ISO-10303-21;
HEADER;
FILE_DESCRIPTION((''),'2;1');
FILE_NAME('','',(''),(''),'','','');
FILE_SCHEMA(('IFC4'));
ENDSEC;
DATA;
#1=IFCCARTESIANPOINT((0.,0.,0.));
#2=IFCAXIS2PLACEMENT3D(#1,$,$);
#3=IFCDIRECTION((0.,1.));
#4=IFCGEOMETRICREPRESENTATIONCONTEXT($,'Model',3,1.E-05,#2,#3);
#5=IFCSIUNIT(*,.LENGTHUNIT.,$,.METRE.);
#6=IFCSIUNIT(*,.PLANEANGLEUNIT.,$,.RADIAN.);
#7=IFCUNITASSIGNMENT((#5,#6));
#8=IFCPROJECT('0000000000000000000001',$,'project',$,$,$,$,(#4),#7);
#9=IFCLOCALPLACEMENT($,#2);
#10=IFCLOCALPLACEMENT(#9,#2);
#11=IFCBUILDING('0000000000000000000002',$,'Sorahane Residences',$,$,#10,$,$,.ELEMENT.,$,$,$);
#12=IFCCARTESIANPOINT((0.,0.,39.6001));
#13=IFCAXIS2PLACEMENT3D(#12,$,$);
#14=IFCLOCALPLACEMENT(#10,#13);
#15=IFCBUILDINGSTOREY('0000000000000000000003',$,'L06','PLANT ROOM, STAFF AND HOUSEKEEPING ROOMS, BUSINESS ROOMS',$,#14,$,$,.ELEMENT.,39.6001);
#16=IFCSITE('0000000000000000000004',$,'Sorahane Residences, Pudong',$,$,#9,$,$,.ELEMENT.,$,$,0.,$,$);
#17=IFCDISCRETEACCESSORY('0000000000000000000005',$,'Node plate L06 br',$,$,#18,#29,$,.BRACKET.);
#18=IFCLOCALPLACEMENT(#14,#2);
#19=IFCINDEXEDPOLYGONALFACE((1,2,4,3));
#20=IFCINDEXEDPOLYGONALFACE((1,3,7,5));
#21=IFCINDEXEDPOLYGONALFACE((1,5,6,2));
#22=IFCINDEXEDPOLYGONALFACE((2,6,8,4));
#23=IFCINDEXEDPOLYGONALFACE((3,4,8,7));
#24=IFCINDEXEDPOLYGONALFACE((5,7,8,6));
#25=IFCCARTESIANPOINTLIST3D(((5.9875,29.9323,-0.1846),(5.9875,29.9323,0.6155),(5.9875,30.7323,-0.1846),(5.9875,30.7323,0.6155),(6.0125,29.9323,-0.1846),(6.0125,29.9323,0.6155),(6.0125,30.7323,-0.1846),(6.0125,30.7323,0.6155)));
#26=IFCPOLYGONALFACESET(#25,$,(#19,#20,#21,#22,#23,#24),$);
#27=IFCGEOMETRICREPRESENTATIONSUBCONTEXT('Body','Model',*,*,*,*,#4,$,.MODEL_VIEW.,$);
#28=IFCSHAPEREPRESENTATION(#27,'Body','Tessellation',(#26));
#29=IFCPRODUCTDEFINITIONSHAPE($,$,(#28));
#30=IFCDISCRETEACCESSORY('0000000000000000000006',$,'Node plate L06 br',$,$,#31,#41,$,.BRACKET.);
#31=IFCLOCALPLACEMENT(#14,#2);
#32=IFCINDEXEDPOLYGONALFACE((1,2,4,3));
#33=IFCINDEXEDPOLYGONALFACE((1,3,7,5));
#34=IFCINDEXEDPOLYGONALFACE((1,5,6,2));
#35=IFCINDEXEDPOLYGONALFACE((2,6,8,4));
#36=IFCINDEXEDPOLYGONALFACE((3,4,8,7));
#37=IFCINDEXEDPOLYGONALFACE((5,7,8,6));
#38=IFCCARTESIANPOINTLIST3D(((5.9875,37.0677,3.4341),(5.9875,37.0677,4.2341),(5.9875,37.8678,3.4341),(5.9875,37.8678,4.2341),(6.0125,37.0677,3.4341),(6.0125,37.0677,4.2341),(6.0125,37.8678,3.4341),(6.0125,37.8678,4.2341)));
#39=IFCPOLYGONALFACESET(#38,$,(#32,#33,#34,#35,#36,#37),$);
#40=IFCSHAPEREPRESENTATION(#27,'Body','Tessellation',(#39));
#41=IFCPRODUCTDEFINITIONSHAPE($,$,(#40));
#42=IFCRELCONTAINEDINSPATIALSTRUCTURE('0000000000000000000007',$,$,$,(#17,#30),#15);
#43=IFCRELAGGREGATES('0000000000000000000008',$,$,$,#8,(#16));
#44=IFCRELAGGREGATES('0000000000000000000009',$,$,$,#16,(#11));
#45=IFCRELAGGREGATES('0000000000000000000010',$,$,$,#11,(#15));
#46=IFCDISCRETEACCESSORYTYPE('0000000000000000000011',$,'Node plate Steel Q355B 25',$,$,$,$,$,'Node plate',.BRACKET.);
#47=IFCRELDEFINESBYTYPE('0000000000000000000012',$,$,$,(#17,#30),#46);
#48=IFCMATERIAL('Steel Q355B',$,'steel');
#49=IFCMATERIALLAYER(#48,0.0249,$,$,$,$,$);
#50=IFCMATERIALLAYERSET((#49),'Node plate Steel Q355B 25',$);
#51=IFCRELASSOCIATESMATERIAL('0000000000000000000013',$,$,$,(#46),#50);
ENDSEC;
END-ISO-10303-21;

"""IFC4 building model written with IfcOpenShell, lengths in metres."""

from ifc_helpers import new_model, si_unit, direction, frame, origin, origin_2d, place, context, subcontext, project, spatial, rectangle, extrude, material, layer, layer_set, type_object, element, save


model = new_model("IFC4")

# Units and contexts
model_context = context("Model", 3, precision=1e-05, world=origin(), true_north=direction((0.0, 1.0)))
body_context = subcontext(model_context, "Body", "Model", "MODEL_VIEW")
ifc_project = project(units=[si_unit("LENGTHUNIT", "METRE"), si_unit("PLANEANGLEUNIT", "RADIAN")], contexts=[model_context])

# Site, building, storey
site_placement = place(None, origin())
site = spatial("IfcSite", under=ifc_project, at=site_placement, Name="Sorahane Residences, Pudong", CompositionType="ELEMENT", RefElevation=0.0)
building_placement = place(site_placement, origin())
building = spatial("IfcBuilding", under=site, at=building_placement, Name="Sorahane Residences", CompositionType="ELEMENT")
storey_placement = place(building_placement, frame((0.0, 0.0, 39.6001)))
storey = spatial("IfcBuildingStorey", under=building, at=storey_placement, Name="L06", Description="PLANT ROOM, STAFF AND HOUSEKEEPING ROOMS, BUSINESS ROOMS", CompositionType="ELEMENT", Elevation=39.6001)

# Discrete accessories
ifc_material_1 = material(Name="Steel Q355B", Category="steel")
ifc_layer_1 = layer(ifc_material_1, 0.0249)
ifc_layer_set_1 = layer_set([ifc_layer_1], Name="Node plate Steel Q355B 25")
discrete_accessory_type = type_object("IfcDiscreteAccessoryType", Name="Node plate Steel Q355B 25", ElementType="Node plate", PredefinedType="BRACKET", material=ifc_layer_set_1)
for number, where, z_axis, x_axis, name in (
    (1, (6.0, 30.3323, -0.1846), (0.0, 0.0, 1.0), (0.0, 1.0, 0.0), "Node plate L06 br"),
    (2, (6.0, 37.4678, 3.4341), (0.0, 0.0, 1.0), (0.0, 1.0, 0.0), "Node plate L06 br"),
):
    element("IfcDiscreteAccessory", number, at=place(storey_placement, frame(where, z_axis=z_axis, x_axis=x_axis)), inside=storey, type_object=discrete_accessory_type, Name=name, PredefinedType="BRACKET", context=body_context, shape_type="SweptSolid", body=[
        extrude(rectangle(XDim=0.8, YDim=0.0249, at=origin_2d()), origin(), (0.0, 0.0, 1.0), 0.8),
    ])

save(model, "model.ifc")
